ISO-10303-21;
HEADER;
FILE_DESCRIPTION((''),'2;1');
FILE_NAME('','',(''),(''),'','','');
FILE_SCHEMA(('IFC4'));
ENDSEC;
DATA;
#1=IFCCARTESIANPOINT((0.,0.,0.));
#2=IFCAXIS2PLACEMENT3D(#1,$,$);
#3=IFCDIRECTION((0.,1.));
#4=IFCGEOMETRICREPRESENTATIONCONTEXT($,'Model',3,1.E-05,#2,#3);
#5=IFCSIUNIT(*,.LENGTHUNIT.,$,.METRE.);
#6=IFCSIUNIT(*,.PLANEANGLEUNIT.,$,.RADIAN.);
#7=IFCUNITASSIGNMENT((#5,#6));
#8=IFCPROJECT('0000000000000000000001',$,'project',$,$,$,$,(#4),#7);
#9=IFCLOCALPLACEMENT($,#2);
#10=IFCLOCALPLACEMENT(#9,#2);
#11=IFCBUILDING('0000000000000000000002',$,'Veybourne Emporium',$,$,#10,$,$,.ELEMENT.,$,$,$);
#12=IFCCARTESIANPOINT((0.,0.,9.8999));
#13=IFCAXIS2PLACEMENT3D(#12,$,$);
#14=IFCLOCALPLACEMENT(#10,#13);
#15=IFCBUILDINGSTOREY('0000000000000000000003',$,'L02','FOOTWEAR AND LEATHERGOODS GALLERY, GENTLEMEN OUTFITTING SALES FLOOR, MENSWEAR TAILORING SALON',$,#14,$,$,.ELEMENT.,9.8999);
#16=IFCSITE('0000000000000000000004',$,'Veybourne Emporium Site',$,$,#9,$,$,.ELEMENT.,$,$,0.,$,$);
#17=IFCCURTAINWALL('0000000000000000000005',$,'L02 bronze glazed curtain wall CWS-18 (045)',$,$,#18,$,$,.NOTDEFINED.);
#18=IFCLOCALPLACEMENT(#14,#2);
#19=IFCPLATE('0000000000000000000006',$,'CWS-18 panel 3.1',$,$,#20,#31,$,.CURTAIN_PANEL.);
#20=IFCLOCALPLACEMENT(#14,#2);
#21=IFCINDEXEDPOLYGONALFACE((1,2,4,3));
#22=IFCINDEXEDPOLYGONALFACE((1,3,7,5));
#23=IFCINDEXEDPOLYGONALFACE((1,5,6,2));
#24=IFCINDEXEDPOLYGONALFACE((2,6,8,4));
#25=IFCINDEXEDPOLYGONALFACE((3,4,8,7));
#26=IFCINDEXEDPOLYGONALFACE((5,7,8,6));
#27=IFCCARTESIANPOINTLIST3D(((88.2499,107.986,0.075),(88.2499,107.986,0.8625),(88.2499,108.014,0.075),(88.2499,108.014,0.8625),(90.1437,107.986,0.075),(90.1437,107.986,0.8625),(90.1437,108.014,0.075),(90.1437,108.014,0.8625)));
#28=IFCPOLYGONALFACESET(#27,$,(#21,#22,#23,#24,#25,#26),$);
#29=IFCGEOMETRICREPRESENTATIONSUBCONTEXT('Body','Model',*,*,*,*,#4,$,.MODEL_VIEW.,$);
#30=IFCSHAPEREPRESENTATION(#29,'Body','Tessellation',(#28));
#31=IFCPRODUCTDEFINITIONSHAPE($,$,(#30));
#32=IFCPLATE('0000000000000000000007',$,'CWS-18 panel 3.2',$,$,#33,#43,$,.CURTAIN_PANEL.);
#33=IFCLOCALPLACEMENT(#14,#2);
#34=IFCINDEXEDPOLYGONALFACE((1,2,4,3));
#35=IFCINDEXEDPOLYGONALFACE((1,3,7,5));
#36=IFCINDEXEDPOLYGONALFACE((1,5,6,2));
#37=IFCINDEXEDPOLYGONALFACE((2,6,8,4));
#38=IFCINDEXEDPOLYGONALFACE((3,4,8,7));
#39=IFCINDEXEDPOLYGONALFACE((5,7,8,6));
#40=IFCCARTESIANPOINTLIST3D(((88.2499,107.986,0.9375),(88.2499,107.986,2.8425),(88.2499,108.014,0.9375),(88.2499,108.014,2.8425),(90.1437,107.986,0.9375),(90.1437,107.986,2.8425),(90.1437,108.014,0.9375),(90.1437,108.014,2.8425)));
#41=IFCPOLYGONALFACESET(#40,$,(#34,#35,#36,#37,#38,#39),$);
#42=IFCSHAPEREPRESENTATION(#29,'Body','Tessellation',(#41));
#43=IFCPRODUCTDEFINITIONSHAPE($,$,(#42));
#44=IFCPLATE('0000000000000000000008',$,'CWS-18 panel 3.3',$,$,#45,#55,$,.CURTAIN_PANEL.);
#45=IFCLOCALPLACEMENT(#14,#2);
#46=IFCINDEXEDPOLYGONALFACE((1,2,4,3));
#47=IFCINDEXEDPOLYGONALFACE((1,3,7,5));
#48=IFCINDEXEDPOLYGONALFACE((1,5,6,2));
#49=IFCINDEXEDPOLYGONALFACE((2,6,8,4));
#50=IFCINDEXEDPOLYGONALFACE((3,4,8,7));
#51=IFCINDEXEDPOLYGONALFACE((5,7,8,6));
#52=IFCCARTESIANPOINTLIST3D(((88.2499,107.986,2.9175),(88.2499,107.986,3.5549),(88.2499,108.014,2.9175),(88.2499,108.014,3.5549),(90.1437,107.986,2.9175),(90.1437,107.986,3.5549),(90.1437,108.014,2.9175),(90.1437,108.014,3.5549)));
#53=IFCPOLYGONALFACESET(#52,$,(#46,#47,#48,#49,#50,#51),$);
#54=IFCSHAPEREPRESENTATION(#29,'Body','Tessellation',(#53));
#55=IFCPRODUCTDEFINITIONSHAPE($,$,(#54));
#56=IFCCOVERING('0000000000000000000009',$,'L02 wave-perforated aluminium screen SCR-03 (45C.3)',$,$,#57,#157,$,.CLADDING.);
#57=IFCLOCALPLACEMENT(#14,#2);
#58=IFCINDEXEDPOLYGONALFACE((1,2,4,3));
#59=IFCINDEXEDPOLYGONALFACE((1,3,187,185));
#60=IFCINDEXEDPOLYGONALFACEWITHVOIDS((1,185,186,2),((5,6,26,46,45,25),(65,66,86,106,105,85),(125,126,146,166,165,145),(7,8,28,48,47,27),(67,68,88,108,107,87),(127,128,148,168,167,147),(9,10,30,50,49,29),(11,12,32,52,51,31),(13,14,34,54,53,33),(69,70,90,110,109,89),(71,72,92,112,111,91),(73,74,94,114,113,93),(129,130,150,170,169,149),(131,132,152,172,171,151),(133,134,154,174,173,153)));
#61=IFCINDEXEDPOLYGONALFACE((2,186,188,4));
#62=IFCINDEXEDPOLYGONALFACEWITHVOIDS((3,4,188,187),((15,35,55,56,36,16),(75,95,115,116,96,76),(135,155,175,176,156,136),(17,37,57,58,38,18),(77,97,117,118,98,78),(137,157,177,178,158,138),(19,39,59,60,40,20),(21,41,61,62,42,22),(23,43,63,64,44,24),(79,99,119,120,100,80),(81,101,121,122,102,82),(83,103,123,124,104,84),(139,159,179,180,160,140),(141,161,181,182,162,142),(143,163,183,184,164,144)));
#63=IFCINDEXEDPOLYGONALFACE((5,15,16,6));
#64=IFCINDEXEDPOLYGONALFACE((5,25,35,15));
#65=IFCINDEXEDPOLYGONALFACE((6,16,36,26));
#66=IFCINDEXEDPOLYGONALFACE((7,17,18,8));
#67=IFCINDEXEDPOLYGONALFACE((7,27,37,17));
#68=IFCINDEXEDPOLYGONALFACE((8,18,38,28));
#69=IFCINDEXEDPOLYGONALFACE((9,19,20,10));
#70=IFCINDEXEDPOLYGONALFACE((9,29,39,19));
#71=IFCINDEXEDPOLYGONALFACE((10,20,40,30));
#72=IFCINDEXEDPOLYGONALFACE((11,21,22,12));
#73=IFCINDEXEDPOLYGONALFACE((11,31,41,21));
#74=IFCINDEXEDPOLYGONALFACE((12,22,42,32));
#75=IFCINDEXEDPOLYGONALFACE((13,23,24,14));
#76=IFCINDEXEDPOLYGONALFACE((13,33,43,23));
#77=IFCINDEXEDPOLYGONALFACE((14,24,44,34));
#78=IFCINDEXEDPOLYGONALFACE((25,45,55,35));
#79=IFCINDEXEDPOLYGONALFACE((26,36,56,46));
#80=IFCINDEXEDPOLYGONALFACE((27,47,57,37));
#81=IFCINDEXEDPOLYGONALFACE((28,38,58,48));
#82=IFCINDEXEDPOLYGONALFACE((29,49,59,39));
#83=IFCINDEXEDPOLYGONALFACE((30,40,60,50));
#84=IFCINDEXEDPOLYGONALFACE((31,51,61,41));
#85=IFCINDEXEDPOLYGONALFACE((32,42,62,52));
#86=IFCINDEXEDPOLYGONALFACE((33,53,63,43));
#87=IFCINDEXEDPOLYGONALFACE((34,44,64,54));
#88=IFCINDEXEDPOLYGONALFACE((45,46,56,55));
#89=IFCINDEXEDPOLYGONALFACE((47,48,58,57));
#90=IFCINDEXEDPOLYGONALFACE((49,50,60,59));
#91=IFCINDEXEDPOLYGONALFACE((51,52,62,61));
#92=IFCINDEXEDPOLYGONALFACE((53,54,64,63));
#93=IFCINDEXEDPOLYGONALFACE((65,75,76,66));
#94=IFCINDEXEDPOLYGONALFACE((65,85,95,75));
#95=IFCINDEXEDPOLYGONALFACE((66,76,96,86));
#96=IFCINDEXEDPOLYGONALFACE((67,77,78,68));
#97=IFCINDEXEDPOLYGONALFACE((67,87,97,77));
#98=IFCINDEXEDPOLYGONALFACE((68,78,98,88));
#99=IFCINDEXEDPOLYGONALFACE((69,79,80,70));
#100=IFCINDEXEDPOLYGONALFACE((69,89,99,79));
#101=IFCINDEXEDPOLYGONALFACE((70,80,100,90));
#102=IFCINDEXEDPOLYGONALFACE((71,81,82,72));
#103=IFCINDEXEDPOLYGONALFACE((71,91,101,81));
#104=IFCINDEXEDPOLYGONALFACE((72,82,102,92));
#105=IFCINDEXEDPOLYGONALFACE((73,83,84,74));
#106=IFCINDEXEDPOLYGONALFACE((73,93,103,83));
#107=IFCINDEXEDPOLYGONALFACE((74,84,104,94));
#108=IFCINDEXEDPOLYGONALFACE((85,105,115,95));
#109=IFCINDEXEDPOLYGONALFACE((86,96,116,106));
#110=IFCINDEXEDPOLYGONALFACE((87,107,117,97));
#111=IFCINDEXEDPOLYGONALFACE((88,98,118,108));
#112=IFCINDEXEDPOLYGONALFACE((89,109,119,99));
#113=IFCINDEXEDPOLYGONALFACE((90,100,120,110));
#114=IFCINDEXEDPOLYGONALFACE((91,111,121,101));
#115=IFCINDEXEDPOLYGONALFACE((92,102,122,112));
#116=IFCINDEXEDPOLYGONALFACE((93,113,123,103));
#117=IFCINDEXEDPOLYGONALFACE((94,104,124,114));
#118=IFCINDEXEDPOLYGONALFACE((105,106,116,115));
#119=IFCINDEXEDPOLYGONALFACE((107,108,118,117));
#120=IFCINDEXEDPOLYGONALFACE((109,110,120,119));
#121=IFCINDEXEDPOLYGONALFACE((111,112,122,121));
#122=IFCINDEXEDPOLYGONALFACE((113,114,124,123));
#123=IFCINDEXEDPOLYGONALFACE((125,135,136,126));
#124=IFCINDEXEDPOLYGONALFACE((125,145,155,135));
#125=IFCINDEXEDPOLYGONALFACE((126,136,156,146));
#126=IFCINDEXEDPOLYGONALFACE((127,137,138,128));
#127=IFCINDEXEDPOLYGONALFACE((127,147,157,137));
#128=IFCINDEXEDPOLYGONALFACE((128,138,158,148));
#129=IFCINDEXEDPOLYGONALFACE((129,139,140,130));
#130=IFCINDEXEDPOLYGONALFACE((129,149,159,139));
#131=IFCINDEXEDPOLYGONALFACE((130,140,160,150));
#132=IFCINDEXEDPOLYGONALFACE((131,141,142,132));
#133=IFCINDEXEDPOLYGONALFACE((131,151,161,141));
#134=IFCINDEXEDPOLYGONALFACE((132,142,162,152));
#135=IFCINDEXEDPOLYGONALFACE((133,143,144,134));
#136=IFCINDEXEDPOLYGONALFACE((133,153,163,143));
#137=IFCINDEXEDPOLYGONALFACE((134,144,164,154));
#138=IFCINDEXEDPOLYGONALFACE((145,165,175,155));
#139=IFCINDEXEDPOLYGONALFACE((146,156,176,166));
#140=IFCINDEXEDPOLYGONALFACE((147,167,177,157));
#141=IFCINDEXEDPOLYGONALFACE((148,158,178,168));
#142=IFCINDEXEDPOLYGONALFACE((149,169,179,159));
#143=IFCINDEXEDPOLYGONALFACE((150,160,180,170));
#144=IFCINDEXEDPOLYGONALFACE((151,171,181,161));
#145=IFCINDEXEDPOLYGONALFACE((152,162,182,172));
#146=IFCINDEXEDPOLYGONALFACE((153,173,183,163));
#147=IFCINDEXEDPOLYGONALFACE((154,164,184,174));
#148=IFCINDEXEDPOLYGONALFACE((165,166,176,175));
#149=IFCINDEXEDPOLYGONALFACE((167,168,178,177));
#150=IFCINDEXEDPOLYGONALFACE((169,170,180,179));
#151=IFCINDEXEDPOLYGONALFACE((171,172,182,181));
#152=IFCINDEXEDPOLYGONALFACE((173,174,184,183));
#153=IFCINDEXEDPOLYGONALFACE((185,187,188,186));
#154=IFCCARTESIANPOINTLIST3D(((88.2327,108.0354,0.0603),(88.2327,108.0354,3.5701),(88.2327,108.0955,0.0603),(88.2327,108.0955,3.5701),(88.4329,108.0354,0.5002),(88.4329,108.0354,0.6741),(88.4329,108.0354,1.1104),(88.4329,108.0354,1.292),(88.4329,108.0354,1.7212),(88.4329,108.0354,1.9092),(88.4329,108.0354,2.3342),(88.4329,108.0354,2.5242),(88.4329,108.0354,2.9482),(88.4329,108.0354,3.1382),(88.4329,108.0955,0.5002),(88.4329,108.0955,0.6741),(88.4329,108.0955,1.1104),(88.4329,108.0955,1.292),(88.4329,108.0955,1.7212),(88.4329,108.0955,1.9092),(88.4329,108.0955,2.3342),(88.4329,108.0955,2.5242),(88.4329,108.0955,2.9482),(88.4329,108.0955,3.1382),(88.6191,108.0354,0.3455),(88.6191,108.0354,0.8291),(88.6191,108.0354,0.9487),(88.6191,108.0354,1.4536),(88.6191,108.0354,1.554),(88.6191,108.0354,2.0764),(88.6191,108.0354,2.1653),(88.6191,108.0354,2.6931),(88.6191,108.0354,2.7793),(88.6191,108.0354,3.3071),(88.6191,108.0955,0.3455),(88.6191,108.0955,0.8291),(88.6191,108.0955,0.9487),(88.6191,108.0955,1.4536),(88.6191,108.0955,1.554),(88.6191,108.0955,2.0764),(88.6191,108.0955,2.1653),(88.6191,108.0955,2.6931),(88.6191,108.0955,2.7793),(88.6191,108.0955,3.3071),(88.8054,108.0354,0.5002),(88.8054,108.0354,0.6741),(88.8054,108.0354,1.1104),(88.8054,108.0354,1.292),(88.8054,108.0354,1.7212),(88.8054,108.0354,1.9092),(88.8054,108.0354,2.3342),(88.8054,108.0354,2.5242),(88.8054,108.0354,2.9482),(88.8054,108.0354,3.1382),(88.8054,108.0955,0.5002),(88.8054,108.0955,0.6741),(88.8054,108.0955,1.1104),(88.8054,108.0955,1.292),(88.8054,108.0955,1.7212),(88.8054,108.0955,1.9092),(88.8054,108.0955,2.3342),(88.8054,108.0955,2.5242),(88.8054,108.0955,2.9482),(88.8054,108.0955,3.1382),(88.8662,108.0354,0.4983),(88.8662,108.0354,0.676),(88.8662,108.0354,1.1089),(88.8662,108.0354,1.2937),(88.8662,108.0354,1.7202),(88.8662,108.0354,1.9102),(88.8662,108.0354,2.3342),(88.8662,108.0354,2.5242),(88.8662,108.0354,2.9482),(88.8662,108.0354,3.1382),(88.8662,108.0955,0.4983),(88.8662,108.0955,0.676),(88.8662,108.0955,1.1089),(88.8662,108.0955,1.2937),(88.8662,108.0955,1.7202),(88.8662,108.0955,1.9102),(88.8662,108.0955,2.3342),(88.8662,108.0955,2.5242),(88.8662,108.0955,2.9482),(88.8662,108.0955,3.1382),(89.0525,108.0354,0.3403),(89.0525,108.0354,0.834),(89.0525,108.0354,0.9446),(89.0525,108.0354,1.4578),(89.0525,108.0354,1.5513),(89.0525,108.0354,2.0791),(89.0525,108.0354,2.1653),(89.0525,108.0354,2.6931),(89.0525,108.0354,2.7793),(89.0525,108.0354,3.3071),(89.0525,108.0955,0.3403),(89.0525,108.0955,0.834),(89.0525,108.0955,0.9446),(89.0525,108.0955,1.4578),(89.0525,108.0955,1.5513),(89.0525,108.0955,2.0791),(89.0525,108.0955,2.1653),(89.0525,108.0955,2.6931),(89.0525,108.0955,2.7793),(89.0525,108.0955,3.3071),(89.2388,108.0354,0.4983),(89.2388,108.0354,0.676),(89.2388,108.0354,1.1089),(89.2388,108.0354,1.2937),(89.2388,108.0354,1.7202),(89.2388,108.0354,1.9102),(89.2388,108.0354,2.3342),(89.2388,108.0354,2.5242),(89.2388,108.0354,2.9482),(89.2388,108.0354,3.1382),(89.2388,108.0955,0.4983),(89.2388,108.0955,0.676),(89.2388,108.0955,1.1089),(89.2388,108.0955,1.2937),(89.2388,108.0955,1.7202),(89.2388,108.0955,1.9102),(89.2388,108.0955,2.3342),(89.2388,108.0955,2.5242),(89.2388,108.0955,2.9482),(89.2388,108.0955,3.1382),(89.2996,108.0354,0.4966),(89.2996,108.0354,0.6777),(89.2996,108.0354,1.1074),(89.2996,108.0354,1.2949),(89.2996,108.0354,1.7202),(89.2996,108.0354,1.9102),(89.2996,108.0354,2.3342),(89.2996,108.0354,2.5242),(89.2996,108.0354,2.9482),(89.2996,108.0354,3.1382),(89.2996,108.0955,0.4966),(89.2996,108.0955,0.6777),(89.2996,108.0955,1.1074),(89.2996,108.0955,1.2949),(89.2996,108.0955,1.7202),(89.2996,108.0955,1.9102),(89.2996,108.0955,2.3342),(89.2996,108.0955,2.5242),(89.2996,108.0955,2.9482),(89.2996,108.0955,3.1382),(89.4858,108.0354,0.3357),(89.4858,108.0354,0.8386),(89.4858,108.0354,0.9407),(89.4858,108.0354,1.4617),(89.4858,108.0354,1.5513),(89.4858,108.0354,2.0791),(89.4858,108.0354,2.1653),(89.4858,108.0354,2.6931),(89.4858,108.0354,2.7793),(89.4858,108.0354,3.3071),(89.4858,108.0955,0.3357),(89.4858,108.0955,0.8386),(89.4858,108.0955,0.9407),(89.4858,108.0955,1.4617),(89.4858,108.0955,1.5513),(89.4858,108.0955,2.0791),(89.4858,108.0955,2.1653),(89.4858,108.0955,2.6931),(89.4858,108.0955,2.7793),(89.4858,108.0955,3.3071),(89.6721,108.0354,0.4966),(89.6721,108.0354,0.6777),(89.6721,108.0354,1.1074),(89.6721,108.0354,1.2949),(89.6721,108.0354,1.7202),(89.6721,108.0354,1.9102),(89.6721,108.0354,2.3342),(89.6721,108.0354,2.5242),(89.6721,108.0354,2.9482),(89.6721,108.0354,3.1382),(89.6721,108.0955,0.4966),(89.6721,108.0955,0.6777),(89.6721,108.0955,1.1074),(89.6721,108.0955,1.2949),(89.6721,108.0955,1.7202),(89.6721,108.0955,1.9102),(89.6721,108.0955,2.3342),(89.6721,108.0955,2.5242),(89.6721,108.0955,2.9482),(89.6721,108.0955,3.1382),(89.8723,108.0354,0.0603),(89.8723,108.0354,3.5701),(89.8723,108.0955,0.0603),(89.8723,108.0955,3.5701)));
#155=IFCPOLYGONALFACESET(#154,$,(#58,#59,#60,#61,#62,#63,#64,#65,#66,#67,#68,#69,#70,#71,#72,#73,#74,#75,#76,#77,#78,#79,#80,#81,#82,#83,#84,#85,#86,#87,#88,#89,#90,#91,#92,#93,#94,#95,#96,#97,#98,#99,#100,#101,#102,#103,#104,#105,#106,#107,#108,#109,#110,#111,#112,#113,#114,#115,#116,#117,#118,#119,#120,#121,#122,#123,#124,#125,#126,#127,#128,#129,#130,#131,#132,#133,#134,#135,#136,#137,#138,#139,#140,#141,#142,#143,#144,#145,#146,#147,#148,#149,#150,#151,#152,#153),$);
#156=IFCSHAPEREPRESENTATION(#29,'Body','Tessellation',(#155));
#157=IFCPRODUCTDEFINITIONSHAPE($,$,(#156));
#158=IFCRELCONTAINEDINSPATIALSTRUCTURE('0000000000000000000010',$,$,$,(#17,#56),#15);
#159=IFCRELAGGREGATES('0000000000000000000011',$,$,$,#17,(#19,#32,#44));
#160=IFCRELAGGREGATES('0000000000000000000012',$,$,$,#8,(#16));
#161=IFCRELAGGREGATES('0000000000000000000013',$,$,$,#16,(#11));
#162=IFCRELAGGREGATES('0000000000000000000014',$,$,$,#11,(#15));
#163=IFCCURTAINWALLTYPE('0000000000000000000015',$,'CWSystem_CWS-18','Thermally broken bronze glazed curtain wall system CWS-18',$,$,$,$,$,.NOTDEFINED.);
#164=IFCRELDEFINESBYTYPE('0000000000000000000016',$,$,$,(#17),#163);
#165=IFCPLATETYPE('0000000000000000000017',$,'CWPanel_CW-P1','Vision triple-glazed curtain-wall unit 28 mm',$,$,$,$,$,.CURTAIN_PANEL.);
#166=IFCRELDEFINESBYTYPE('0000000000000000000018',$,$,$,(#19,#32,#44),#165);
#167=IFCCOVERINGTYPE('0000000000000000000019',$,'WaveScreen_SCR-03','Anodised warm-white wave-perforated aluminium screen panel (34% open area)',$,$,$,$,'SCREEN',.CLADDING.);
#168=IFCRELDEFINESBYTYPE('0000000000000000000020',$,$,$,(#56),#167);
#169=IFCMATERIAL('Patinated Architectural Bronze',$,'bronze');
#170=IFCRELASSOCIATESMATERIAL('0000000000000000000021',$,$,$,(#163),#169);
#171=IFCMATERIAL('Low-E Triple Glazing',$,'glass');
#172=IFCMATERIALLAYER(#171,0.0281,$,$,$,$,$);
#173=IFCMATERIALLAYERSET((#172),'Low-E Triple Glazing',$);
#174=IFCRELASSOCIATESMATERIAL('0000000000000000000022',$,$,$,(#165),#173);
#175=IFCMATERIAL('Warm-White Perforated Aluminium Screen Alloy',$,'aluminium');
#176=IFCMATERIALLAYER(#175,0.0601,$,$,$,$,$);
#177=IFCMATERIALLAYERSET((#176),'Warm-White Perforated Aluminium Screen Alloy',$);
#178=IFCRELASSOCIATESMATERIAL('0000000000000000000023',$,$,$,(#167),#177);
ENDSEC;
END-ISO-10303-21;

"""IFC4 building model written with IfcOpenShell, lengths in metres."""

from ifc_helpers import new_model, si_unit, direction, frame, origin, origin_2d, place, context, subcontext, project, spatial, polyline, rectangle, outline, extrude, material, layer, layer_set, type_object, element, aggregate, save


model = new_model("IFC4")

# Units and contexts
model_context = context("Model", 3, precision=1e-05, world=origin(), true_north=direction((0.0, 1.0)))
body_context = subcontext(model_context, "Body", "Model", "MODEL_VIEW")
ifc_project = project(units=[si_unit("LENGTHUNIT", "METRE"), si_unit("PLANEANGLEUNIT", "RADIAN")], contexts=[model_context])

# Site, building, storey
site_placement = place(None, origin())
site = spatial("IfcSite", under=ifc_project, at=site_placement, Name="Veybourne Emporium Site", CompositionType="ELEMENT", RefElevation=0.0)
building_placement = place(site_placement, origin())
building = spatial("IfcBuilding", under=site, at=building_placement, Name="Veybourne Emporium", CompositionType="ELEMENT")
storey_placement = place(building_placement, frame((0.0, 0.0, 9.8999)))
storey = spatial("IfcBuildingStorey", under=building, at=storey_placement, Name="L02", Description="FOOTWEAR AND LEATHERGOODS GALLERY, GENTLEMEN OUTFITTING SALES FLOOR, MENSWEAR TAILORING SALON", CompositionType="ELEMENT", Elevation=9.8999)

# Curtain wall
ifc_material_1 = material(Name="Patinated Architectural Bronze", Category="bronze")
curtain_wall_type = type_object("IfcCurtainWallType", Name="CWSystem_CWS-18", Description="Thermally broken bronze glazed curtain wall system CWS-18", PredefinedType="NOTDEFINED", material=ifc_material_1)
curtain_wall_placement = place(storey_placement, origin())
curtain_wall = element("IfcCurtainWall", 1, at=curtain_wall_placement, inside=storey, type_object=curtain_wall_type, Name="L02 bronze glazed curtain wall CWS-18 (045)", PredefinedType="NOTDEFINED")

# Plates
ifc_material_2 = material(Name="Low-E Triple Glazing", Category="glass")
ifc_layer_1 = layer(ifc_material_2, 0.0281)
ifc_layer_set_1 = layer_set([ifc_layer_1], Name="Low-E Triple Glazing")
plate_type = type_object("IfcPlateType", Name="CWPanel_CW-P1", Description="Vision triple-glazed curtain-wall unit 28 mm", PredefinedType="CURTAIN_PANEL", material=ifc_layer_set_1)
plate_1_placement = place(storey_placement, frame((89.1968, 108.0, 0.075), z_axis=(0.0, 0.0, 1.0), x_axis=(1.0, 0.0, 0.0)))
plate_1 = element("IfcPlate", 2, at=plate_1_placement, type_object=plate_type, Name="CWS-18 panel 3.1", PredefinedType="CURTAIN_PANEL", context=body_context, shape_type="SweptSolid", body=[
    extrude(rectangle(XDim=1.8938, YDim=0.0281, at=origin_2d()), origin(), (0.0, 0.0, 1.0), 0.7876),
])
plate_2_placement = place(storey_placement, frame((89.1968, 108.0, 0.9375), z_axis=(0.0, 0.0, 1.0), x_axis=(1.0, 0.0, 0.0)))
plate_2 = element("IfcPlate", 3, at=plate_2_placement, type_object=plate_type, Name="CWS-18 panel 3.2", PredefinedType="CURTAIN_PANEL", context=body_context, shape_type="SweptSolid", body=[
    extrude(rectangle(XDim=1.8938, YDim=0.0281, at=origin_2d()), origin(), (0.0, 0.0, 1.0), 1.905),
])
plate_3_placement = place(storey_placement, frame((89.1968, 108.0, 2.9175), z_axis=(0.0, 0.0, 1.0), x_axis=(1.0, 0.0, 0.0)))
plate_3 = element("IfcPlate", 4, at=plate_3_placement, type_object=plate_type, Name="CWS-18 panel 3.3", PredefinedType="CURTAIN_PANEL", context=body_context, shape_type="SweptSolid", body=[
    extrude(rectangle(XDim=1.8938, YDim=0.0281, at=origin_2d()), origin(), (0.0, 0.0, 1.0), 0.6375),
])
aggregate(curtain_wall, [plate_1, plate_2, plate_3])

# Covering
ifc_material_3 = material(Name="Warm-White Perforated Aluminium Screen Alloy", Category="aluminium")
ifc_layer_2 = layer(ifc_material_3, 0.0601)
ifc_layer_set_2 = layer_set([ifc_layer_2], Name="Warm-White Perforated Aluminium Screen Alloy")
covering_type_1 = type_object("IfcCoveringType", Name="WaveScreen_SCR-03", Description="Anodised warm-white wave-perforated aluminium screen panel (34% open area)", ElementType="SCREEN", PredefinedType="CLADDING", material=ifc_layer_set_2)
covering_1_placement = place(storey_placement, frame((89.0525, 108.0955, 1.8152), z_axis=(0.0, -1.0, 0.0), x_axis=(1.0, 0.0, 0.0)))
element("IfcCovering", 5, at=covering_1_placement, inside=storey, type_object=covering_type_1, Name="L02 wave-perforated aluminium screen SCR-03 (45C.3)", PredefinedType="CLADDING", context=body_context, shape_type="SweptSolid", body=[
    extrude(outline(polyline([(-0.8198, -1.7549), (0.8198, -1.7549), (0.8198, 1.7549), (-0.8198, 1.7549), (-0.8198, -1.7549)]), holes=[polyline([(-0.4333, -0.9861), (-0.2471, -1.1411), (-0.2471, -1.3149), (-0.4333, -1.4697), (-0.6196, -1.3149), (-0.6196, -1.1411), (-0.4333, -0.9861)]), polyline([(-0.4333, -0.3616), (-0.2471, -0.5232), (-0.2471, -0.7048), (-0.4333, -0.8665), (-0.6196, -0.7048), (-0.6196, -0.5232), (-0.4333, -0.3616)]), polyline([(-0.4333, 0.2612), (-0.2471, 0.094), (-0.2471, -0.094), (-0.4333, -0.2612), (-0.6196, -0.094), (-0.6196, 0.094), (-0.4333, 0.2612)]), polyline([(-0.4333, 0.8779), (-0.2471, 0.709), (-0.2471, 0.519), (-0.4333, 0.3501), (-0.6196, 0.519), (-0.6196, 0.709), (-0.4333, 0.8779)]), polyline([(-0.4333, 1.4919), (-0.2471, 1.323), (-0.2471, 1.1331), (-0.4333, 0.9641), (-0.6196, 1.1331), (-0.6196, 1.323), (-0.4333, 1.4919)]), polyline([(0.0, -0.9812), (0.1863, -1.1392), (0.1863, -1.3169), (0.0, -1.4749), (-0.1863, -1.3169), (-0.1863, -1.1392), (0.0, -0.9812)]), polyline([(0.0, -0.3574), (0.1863, -0.5215), (0.1863, -0.7063), (0.0, -0.8706), (-0.1863, -0.7063), (-0.1863, -0.5215), (0.0, -0.3574)]), polyline([(0.0, 0.2639), (0.1863, 0.095), (0.1863, -0.095), (0.0, -0.2639), (-0.1863, -0.095), (-0.1863, 0.095), (0.0, 0.2639)]), polyline([(0.0, 0.8779), (0.1863, 0.709), (0.1863, 0.519), (0.0, 0.3501), (-0.1863, 0.519), (-0.1863, 0.709), (0.0, 0.8779)]), polyline([(0.0, 1.4919), (0.1863, 1.323), (0.1863, 1.1331), (0.0, 0.9641), (-0.1863, 1.1331), (-0.1863, 1.323), (0.0, 1.4919)]), polyline([(0.4333, -0.9766), (0.6196, -1.1375), (0.6196, -1.3186), (0.4333, -1.4795), (0.2471, -1.3186), (0.2471, -1.1375), (0.4333, -0.9766)]), polyline([(0.4333, -0.3535), (0.6196, -0.5203), (0.6196, -0.7078), (0.4333, -0.8745), (0.2471, -0.7078), (0.2471, -0.5203), (0.4333, -0.3535)]), polyline([(0.4333, 0.2639), (0.6196, 0.095), (0.6196, -0.095), (0.4333, -0.2639), (0.2471, -0.095), (0.2471, 0.095), (0.4333, 0.2639)]), polyline([(0.4333, 0.8779), (0.6196, 0.709), (0.6196, 0.519), (0.4333, 0.3501), (0.2471, 0.519), (0.2471, 0.709), (0.4333, 0.8779)]), polyline([(0.4333, 1.4919), (0.6196, 1.323), (0.6196, 1.1331), (0.4333, 0.9641), (0.2471, 1.1331), (0.2471, 1.323), (0.4333, 1.4919)])]), origin(), (0.0, 0.0, 1.0), 0.0601),
])

save(model, "model.ifc")
